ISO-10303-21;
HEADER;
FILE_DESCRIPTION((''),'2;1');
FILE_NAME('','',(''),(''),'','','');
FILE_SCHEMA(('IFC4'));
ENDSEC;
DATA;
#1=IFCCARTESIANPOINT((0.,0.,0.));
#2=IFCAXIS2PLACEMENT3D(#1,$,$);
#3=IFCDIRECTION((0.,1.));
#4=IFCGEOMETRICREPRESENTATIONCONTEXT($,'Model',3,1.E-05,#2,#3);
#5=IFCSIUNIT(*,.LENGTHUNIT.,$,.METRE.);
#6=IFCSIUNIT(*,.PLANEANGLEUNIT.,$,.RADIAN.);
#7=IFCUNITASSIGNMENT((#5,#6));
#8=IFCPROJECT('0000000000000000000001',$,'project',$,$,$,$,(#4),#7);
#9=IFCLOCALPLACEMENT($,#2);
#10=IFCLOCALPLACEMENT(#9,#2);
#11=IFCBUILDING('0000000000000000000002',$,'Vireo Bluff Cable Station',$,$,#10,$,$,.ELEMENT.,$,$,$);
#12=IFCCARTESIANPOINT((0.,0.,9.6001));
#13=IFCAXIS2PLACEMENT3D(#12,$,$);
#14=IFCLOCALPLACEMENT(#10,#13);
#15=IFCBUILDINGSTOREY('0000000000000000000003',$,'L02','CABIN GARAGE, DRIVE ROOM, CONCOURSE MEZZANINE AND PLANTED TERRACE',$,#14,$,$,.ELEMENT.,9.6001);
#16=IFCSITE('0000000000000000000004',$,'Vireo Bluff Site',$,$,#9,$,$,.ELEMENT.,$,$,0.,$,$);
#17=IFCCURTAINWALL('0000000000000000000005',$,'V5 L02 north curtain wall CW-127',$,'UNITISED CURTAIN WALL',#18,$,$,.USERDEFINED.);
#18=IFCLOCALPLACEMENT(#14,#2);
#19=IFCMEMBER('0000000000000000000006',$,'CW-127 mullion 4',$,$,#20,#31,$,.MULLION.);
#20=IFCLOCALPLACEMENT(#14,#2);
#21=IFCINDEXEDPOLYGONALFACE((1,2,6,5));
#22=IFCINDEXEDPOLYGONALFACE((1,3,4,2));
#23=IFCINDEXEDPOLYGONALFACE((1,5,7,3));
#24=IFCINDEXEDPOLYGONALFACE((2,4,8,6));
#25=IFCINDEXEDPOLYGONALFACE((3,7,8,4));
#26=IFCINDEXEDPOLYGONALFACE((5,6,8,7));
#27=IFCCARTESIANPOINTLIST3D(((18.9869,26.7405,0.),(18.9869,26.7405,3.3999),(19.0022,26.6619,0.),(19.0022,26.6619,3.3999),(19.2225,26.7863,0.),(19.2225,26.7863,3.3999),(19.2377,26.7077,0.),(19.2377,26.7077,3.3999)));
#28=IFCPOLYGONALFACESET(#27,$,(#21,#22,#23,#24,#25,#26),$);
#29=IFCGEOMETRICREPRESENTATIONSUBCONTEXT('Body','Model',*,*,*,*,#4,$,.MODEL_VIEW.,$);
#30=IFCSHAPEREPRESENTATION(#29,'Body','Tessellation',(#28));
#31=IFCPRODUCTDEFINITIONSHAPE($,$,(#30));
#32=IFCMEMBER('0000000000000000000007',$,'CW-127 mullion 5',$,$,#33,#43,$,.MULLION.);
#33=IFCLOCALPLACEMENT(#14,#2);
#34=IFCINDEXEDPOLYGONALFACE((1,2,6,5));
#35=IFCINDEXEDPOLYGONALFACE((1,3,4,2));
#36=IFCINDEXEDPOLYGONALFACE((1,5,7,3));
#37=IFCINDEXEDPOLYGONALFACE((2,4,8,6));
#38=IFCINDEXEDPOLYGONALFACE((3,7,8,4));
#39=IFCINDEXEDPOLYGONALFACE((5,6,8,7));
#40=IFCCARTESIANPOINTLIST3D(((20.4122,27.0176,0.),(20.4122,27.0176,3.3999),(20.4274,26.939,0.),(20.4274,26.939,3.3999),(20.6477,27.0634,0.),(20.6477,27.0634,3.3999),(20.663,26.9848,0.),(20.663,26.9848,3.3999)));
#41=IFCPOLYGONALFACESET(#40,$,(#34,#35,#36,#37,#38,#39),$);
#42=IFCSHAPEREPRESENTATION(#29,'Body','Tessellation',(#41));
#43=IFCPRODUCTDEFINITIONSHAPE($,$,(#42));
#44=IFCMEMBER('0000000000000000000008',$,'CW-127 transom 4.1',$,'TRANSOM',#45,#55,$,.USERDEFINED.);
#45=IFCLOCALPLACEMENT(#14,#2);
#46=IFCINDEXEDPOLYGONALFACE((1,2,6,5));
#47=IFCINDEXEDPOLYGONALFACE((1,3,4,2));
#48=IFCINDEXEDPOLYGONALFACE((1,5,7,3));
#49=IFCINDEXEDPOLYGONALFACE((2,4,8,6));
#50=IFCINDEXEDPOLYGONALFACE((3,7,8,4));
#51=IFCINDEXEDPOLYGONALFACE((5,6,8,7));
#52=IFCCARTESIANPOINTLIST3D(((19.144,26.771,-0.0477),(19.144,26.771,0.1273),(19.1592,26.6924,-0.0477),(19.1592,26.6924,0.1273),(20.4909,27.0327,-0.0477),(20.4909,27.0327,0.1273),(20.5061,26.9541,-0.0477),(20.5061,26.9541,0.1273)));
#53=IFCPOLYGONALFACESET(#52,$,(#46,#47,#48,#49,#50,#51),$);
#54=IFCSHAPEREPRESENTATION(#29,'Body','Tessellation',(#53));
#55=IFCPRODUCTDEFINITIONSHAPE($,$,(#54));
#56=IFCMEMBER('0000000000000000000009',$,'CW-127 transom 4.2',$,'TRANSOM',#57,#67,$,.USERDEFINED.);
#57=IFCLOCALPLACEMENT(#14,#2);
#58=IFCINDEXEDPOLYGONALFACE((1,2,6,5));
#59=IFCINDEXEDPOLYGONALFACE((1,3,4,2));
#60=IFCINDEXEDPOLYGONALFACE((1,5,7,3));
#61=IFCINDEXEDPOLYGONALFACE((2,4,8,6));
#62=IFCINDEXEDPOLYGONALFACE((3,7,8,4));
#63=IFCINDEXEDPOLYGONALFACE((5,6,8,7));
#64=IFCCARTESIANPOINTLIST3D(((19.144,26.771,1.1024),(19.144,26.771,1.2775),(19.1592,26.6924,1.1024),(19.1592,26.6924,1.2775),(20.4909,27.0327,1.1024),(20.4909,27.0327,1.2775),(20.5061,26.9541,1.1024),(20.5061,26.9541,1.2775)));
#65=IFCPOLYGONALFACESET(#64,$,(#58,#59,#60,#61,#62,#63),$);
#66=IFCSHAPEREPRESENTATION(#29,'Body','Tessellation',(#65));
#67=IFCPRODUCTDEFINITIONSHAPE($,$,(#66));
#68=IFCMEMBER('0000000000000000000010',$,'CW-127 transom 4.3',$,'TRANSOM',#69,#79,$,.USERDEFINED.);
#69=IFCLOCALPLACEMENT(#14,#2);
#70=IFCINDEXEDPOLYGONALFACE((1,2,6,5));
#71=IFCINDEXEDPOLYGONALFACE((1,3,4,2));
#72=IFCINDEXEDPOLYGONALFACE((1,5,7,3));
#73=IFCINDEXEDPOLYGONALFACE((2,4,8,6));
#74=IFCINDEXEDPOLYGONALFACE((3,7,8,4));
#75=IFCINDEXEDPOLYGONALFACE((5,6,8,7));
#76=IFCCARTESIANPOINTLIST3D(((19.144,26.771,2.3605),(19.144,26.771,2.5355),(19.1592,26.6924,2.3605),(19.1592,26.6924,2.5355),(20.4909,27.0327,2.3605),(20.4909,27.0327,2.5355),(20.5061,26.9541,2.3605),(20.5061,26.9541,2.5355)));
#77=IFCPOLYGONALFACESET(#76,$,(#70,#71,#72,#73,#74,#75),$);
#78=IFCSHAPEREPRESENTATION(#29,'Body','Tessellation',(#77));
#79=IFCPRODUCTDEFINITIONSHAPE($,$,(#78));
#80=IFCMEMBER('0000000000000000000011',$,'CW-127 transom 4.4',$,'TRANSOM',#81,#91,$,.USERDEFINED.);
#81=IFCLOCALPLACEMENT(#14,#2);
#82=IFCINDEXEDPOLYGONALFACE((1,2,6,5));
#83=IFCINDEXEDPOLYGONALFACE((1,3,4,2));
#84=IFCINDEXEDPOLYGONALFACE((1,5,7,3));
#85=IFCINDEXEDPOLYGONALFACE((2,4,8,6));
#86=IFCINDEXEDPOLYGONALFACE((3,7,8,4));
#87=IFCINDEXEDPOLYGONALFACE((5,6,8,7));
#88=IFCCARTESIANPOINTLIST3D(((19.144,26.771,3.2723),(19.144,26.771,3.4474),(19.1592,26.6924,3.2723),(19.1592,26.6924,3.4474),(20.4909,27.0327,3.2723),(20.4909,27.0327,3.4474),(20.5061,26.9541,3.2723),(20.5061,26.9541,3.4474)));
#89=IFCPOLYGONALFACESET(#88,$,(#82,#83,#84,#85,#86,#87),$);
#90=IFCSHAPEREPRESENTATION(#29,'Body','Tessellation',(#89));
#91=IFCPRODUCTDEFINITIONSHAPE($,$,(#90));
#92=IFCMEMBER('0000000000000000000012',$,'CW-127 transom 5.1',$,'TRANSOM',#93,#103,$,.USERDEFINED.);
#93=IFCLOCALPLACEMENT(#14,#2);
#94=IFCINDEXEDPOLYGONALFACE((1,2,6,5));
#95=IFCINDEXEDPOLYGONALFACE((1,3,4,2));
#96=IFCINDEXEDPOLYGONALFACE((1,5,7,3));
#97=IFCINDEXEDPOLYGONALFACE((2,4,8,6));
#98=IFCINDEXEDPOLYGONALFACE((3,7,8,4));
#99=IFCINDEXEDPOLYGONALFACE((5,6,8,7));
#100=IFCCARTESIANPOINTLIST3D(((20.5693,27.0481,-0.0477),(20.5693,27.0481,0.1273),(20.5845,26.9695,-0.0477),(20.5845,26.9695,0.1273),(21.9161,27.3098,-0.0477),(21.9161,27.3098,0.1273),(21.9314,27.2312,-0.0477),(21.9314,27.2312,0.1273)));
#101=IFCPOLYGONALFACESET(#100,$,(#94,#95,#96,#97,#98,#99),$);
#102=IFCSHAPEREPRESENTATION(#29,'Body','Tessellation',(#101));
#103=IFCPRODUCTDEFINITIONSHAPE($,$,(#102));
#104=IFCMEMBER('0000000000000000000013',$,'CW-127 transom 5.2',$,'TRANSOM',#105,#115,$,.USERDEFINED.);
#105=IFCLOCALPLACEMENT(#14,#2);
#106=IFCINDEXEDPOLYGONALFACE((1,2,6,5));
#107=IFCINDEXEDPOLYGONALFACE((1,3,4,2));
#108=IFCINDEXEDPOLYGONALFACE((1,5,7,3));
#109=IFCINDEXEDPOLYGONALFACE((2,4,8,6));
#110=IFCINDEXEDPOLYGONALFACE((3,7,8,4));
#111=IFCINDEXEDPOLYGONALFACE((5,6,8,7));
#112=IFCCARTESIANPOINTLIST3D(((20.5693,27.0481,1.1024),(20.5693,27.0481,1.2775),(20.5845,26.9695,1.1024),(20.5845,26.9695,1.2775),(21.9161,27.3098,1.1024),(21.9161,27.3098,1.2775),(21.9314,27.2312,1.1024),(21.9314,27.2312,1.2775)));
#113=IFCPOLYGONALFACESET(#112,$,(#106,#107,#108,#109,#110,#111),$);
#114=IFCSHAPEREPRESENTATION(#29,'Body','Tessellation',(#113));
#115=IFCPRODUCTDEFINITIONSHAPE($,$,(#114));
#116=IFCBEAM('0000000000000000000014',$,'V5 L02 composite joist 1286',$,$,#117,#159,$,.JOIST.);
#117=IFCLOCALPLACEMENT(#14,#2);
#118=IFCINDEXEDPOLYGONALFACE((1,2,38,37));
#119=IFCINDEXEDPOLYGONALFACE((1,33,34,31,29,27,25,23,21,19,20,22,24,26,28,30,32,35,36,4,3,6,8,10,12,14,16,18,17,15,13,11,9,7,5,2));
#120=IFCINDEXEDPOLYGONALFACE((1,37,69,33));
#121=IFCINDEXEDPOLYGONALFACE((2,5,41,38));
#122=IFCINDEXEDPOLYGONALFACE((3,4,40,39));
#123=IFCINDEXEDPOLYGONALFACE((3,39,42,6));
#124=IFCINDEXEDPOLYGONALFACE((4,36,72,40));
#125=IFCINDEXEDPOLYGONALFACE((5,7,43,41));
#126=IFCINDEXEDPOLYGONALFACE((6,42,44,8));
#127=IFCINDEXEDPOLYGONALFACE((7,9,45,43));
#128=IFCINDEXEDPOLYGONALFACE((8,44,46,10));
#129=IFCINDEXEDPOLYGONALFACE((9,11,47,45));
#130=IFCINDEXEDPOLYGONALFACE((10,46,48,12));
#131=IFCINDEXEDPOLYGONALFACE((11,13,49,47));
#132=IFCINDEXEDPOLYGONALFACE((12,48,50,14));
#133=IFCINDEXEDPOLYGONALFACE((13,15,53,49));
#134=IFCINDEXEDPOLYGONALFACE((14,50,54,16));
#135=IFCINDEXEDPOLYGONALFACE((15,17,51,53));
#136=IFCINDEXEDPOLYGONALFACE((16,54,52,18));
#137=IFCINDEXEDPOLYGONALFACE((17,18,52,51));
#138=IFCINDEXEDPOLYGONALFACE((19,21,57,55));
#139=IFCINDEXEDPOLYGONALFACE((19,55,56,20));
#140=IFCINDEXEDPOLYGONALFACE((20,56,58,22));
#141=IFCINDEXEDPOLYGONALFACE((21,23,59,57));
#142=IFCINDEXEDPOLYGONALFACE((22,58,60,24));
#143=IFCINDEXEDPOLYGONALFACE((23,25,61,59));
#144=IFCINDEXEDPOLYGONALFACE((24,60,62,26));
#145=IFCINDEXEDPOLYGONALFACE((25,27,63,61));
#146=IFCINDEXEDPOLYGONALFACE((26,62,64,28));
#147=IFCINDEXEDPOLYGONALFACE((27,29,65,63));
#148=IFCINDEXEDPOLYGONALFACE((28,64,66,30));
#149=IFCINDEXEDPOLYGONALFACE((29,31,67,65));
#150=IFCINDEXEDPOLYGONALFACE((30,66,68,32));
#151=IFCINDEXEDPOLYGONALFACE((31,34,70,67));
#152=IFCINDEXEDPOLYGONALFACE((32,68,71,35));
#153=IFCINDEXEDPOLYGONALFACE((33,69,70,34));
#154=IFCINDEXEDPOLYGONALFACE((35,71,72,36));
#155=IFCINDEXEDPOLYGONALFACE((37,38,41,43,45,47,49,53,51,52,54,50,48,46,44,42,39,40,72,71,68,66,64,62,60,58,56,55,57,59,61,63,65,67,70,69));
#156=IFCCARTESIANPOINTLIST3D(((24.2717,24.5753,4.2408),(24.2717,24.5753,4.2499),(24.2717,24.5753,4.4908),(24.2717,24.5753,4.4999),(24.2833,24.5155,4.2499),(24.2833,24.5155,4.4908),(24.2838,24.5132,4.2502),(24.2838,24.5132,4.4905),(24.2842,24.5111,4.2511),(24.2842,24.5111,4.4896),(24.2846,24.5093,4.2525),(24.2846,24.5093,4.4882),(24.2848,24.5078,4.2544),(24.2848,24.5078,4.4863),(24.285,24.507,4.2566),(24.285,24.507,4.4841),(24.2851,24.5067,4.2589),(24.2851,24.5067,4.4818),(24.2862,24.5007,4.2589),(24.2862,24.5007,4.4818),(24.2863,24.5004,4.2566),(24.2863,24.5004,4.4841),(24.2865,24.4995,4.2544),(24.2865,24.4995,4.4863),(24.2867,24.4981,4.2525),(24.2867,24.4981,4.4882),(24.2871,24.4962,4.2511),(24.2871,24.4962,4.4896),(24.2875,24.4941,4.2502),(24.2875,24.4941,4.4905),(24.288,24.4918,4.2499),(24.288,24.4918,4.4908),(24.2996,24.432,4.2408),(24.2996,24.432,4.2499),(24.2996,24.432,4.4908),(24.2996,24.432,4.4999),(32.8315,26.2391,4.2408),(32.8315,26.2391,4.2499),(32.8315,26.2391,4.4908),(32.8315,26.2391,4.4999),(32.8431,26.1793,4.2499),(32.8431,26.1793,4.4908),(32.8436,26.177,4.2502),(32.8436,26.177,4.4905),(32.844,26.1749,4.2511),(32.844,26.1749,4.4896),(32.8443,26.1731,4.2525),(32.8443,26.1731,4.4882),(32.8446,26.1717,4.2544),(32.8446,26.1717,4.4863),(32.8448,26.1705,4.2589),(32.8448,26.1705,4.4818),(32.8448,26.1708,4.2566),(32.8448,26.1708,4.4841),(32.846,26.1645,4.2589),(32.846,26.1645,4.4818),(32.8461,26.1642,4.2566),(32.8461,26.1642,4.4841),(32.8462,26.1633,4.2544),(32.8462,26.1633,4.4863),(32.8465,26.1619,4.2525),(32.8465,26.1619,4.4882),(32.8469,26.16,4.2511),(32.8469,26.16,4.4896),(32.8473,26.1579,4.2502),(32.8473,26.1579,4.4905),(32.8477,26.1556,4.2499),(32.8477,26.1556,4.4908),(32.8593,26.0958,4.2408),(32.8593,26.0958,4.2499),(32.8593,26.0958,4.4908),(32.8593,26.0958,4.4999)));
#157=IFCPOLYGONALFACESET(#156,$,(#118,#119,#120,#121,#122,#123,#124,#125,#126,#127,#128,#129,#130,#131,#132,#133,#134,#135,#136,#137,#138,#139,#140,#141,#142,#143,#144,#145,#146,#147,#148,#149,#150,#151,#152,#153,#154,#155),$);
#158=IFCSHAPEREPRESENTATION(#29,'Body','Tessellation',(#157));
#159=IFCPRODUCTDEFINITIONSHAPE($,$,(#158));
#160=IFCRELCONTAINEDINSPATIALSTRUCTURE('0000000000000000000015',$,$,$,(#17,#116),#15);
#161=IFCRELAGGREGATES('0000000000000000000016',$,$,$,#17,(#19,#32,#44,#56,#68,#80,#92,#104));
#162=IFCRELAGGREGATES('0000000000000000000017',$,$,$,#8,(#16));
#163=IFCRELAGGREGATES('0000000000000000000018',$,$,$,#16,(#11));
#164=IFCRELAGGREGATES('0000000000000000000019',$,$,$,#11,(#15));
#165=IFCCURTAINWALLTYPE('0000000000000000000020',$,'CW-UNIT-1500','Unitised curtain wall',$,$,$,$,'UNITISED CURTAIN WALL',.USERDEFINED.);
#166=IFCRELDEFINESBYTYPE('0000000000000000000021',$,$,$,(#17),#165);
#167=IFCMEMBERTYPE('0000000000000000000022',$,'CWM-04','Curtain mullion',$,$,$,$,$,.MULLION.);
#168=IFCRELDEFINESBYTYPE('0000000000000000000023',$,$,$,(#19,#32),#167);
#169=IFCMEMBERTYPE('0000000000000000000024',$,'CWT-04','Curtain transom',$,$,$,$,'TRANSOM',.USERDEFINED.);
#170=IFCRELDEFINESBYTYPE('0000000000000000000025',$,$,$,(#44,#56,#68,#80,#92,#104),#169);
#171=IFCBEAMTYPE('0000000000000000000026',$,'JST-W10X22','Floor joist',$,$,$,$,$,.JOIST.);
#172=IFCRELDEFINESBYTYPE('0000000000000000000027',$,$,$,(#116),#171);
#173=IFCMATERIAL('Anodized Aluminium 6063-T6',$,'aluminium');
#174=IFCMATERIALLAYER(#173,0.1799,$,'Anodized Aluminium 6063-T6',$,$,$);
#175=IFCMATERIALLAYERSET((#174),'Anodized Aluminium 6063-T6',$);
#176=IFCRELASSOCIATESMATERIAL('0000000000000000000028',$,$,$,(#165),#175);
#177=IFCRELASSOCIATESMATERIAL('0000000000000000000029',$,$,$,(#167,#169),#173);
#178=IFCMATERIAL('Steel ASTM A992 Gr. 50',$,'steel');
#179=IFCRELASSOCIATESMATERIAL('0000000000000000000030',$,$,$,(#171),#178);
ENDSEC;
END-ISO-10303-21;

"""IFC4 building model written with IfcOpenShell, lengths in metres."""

from ifc_helpers import new_model, si_unit, direction, frame, origin, origin_2d, place, context, subcontext, project, spatial, rectangle, i_section, extrude, material, layer, layer_set, material_profile, profile_set, type_object, element, aggregate, save


model = new_model("IFC4")

# Units and contexts
model_context = context("Model", 3, precision=1e-05, world=origin(), true_north=direction((0.0, 1.0)))
body_context = subcontext(model_context, "Body", "Model", "MODEL_VIEW")
ifc_project = project(units=[si_unit("LENGTHUNIT", "METRE"), si_unit("PLANEANGLEUNIT", "RADIAN")], contexts=[model_context])

# Site, building, storey
site_placement = place(None, origin())
site = spatial("IfcSite", under=ifc_project, at=site_placement, Name="Vireo Bluff Site", CompositionType="ELEMENT", RefElevation=0.0)
building_placement = place(site_placement, origin())
building = spatial("IfcBuilding", under=site, at=building_placement, Name="Vireo Bluff Cable Station", CompositionType="ELEMENT")
storey_placement = place(building_placement, frame((0.0, 0.0, 9.6001)))
storey = spatial("IfcBuildingStorey", under=building, at=storey_placement, Name="L02", Description="CABIN GARAGE, DRIVE ROOM, CONCOURSE MEZZANINE AND PLANTED TERRACE", CompositionType="ELEMENT", Elevation=9.6001)

# Curtain wall, members
ifc_material_1 = material(Name="Anodized Aluminium 6063-T6", Category="aluminium")
ifc_layer_1 = layer(ifc_material_1, 0.1799, Name="Anodized Aluminium 6063-T6")
ifc_layer_set_1 = layer_set([ifc_layer_1], Name="Anodized Aluminium 6063-T6")
curtain_wall_type = type_object("IfcCurtainWallType", Name="CW-UNIT-1500", Description="Unitised curtain wall", ElementType="UNITISED CURTAIN WALL", PredefinedType="USERDEFINED", material=ifc_layer_set_1)
curtain_wall_placement = place(storey_placement, origin())
curtain_wall = element("IfcCurtainWall", 1, at=curtain_wall_placement, inside=storey, type_object=curtain_wall_type, Name="V5 L02 north curtain wall CW-127", ObjectType="UNITISED CURTAIN WALL", PredefinedType="USERDEFINED")
ifc_material_profile_1 = material_profile(ifc_material_1, rectangle(XDim=0.0801, YDim=0.24, at=origin_2d()), Name="ALU-M-80X240")
ifc_profile_set_1 = profile_set([ifc_material_profile_1], Name="Anodized Aluminium 6063-T6")
member_type_1 = type_object("IfcMemberType", Name="CWM-04", Description="Curtain mullion", PredefinedType="MULLION", material=ifc_profile_set_1)
member_1_placement = place(storey_placement, frame((19.1123, 26.7241, 0.0), z_axis=(0.0, 0.0, 1.0), x_axis=(-0.190809, 0.981627, 0.0)))
member_1 = element("IfcMember", 2, at=member_1_placement, type_object=member_type_1, Name="CW-127 mullion 4", PredefinedType="MULLION", context=body_context, shape_type="SweptSolid", body=[
    extrude(rectangle(XDim=0.0801, YDim=0.24, at=origin_2d()), origin(), (0.0, 0.0, 1.0), 3.3999),
])
member_2_placement = place(storey_placement, frame((20.5376, 27.0012, 0.0), z_axis=(0.0, 0.0, 1.0), x_axis=(-0.190809, 0.981627, 0.0)))
member_2 = element("IfcMember", 3, at=member_2_placement, type_object=member_type_1, Name="CW-127 mullion 5", PredefinedType="MULLION", context=body_context, shape_type="SweptSolid", body=[
    extrude(rectangle(XDim=0.0801, YDim=0.24, at=origin_2d()), origin(), (0.0, 0.0, 1.0), 3.3999),
])
ifc_material_profile_2 = material_profile(ifc_material_1, rectangle(XDim=0.0801, YDim=0.175, at=origin_2d()), Name="ALU-T-80X175")
ifc_profile_set_2 = profile_set([ifc_material_profile_2], Name="Anodized Aluminium 6063-T6")
member_type_2 = type_object("IfcMemberType", Name="CWT-04", Description="Curtain transom", ElementType="TRANSOM", PredefinedType="USERDEFINED", material=ifc_profile_set_2)
member_3_placement = place(storey_placement, frame((19.1516, 26.7317, 0.0398), z_axis=(0.98164, 0.190741, 0.0), x_axis=(-0.190741, 0.98164, 0.0)))
member_3 = element("IfcMember", 4, at=member_3_placement, type_object=member_type_2, Name="CW-127 transom 4.1", ObjectType="TRANSOM", PredefinedType="USERDEFINED", context=body_context, shape_type="SweptSolid", body=[
    extrude(rectangle(XDim=0.0801, YDim=0.175, at=origin_2d()), origin(), (0.0, 0.0, 1.0), 1.3721),
])
member_4_placement = place(storey_placement, frame((19.1516, 26.7317, 1.1899), z_axis=(0.98164, 0.190741, 0.0), x_axis=(-0.190741, 0.98164, 0.0)))
member_4 = element("IfcMember", 5, at=member_4_placement, type_object=member_type_2, Name="CW-127 transom 4.2", ObjectType="TRANSOM", PredefinedType="USERDEFINED", context=body_context, shape_type="SweptSolid", body=[
    extrude(rectangle(XDim=0.0801, YDim=0.175, at=origin_2d()), origin(), (0.0, 0.0, 1.0), 1.3721),
])
member_5_placement = place(storey_placement, frame((19.1516, 26.7317, 2.448), z_axis=(0.98164, 0.190741, 0.0), x_axis=(-0.190741, 0.98164, 0.0)))
member_5 = element("IfcMember", 6, at=member_5_placement, type_object=member_type_2, Name="CW-127 transom 4.3", ObjectType="TRANSOM", PredefinedType="USERDEFINED", context=body_context, shape_type="SweptSolid", body=[
    extrude(rectangle(XDim=0.0801, YDim=0.175, at=origin_2d()), origin(), (0.0, 0.0, 1.0), 1.3721),
])
member_6_placement = place(storey_placement, frame((19.1516, 26.7317, 3.3599), z_axis=(0.98164, 0.190741, 0.0), x_axis=(-0.190741, 0.98164, 0.0)))
member_6 = element("IfcMember", 7, at=member_6_placement, type_object=member_type_2, Name="CW-127 transom 4.4", ObjectType="TRANSOM", PredefinedType="USERDEFINED", context=body_context, shape_type="SweptSolid", body=[
    extrude(rectangle(XDim=0.0801, YDim=0.175, at=origin_2d()), origin(), (0.0, 0.0, 1.0), 1.3721),
])
member_7_placement = place(storey_placement, frame((20.5769, 27.0088, 0.0398), z_axis=(0.98164, 0.190741, 0.0), x_axis=(-0.190741, 0.98164, 0.0)))
member_7 = element("IfcMember", 8, at=member_7_placement, type_object=member_type_2, Name="CW-127 transom 5.1", ObjectType="TRANSOM", PredefinedType="USERDEFINED", context=body_context, shape_type="SweptSolid", body=[
    extrude(rectangle(XDim=0.0801, YDim=0.175, at=origin_2d()), origin(), (0.0, 0.0, 1.0), 1.3721),
])
member_8_placement = place(storey_placement, frame((20.5769, 27.0088, 1.1899), z_axis=(0.98164, 0.190741, 0.0), x_axis=(-0.190741, 0.98164, 0.0)))
member_8 = element("IfcMember", 9, at=member_8_placement, type_object=member_type_2, Name="CW-127 transom 5.2", ObjectType="TRANSOM", PredefinedType="USERDEFINED", context=body_context, shape_type="SweptSolid", body=[
    extrude(rectangle(XDim=0.0801, YDim=0.175, at=origin_2d()), origin(), (0.0, 0.0, 1.0), 1.3721),
])

# Beam
ifc_material_2 = material(Name="Steel ASTM A992 Gr. 50", Category="steel")
ifc_material_profile_3 = material_profile(ifc_material_2, i_section(OverallWidth=0.146, OverallDepth=0.259, WebThickness=0.0061, FlangeThickness=0.009, FilletRadius=0.009, at=origin_2d()), Name="W10X22")
ifc_profile_set_3 = profile_set([ifc_material_profile_3], Name="Steel ASTM A992 Gr. 50")
beam_type_1 = type_object("IfcBeamType", Name="JST-W10X22", Description="Floor joist", PredefinedType="JOIST", material=ifc_profile_set_3)
beam_1_placement = place(storey_placement, frame((24.2856, 24.5037, 4.3704), z_axis=(0.981628, 0.190804, 0.0), x_axis=(-0.190804, 0.981628, 0.0)))
element("IfcBeam", 10, at=beam_1_placement, inside=storey, type_object=beam_type_1, Name="V5 L02 composite joist 1286", PredefinedType="JOIST", context=body_context, shape_type="SweptSolid", body=[
    extrude(i_section(OverallWidth=0.146, OverallDepth=0.259, WebThickness=0.0061, FlangeThickness=0.009, FilletRadius=0.009, at=origin_2d()), origin(), (0.0, 0.0, 1.0), 8.72),
])

aggregate(curtain_wall, [member_1, member_2, member_3, member_4, member_5, member_6, member_7, member_8])

save(model, "model.ifc")
